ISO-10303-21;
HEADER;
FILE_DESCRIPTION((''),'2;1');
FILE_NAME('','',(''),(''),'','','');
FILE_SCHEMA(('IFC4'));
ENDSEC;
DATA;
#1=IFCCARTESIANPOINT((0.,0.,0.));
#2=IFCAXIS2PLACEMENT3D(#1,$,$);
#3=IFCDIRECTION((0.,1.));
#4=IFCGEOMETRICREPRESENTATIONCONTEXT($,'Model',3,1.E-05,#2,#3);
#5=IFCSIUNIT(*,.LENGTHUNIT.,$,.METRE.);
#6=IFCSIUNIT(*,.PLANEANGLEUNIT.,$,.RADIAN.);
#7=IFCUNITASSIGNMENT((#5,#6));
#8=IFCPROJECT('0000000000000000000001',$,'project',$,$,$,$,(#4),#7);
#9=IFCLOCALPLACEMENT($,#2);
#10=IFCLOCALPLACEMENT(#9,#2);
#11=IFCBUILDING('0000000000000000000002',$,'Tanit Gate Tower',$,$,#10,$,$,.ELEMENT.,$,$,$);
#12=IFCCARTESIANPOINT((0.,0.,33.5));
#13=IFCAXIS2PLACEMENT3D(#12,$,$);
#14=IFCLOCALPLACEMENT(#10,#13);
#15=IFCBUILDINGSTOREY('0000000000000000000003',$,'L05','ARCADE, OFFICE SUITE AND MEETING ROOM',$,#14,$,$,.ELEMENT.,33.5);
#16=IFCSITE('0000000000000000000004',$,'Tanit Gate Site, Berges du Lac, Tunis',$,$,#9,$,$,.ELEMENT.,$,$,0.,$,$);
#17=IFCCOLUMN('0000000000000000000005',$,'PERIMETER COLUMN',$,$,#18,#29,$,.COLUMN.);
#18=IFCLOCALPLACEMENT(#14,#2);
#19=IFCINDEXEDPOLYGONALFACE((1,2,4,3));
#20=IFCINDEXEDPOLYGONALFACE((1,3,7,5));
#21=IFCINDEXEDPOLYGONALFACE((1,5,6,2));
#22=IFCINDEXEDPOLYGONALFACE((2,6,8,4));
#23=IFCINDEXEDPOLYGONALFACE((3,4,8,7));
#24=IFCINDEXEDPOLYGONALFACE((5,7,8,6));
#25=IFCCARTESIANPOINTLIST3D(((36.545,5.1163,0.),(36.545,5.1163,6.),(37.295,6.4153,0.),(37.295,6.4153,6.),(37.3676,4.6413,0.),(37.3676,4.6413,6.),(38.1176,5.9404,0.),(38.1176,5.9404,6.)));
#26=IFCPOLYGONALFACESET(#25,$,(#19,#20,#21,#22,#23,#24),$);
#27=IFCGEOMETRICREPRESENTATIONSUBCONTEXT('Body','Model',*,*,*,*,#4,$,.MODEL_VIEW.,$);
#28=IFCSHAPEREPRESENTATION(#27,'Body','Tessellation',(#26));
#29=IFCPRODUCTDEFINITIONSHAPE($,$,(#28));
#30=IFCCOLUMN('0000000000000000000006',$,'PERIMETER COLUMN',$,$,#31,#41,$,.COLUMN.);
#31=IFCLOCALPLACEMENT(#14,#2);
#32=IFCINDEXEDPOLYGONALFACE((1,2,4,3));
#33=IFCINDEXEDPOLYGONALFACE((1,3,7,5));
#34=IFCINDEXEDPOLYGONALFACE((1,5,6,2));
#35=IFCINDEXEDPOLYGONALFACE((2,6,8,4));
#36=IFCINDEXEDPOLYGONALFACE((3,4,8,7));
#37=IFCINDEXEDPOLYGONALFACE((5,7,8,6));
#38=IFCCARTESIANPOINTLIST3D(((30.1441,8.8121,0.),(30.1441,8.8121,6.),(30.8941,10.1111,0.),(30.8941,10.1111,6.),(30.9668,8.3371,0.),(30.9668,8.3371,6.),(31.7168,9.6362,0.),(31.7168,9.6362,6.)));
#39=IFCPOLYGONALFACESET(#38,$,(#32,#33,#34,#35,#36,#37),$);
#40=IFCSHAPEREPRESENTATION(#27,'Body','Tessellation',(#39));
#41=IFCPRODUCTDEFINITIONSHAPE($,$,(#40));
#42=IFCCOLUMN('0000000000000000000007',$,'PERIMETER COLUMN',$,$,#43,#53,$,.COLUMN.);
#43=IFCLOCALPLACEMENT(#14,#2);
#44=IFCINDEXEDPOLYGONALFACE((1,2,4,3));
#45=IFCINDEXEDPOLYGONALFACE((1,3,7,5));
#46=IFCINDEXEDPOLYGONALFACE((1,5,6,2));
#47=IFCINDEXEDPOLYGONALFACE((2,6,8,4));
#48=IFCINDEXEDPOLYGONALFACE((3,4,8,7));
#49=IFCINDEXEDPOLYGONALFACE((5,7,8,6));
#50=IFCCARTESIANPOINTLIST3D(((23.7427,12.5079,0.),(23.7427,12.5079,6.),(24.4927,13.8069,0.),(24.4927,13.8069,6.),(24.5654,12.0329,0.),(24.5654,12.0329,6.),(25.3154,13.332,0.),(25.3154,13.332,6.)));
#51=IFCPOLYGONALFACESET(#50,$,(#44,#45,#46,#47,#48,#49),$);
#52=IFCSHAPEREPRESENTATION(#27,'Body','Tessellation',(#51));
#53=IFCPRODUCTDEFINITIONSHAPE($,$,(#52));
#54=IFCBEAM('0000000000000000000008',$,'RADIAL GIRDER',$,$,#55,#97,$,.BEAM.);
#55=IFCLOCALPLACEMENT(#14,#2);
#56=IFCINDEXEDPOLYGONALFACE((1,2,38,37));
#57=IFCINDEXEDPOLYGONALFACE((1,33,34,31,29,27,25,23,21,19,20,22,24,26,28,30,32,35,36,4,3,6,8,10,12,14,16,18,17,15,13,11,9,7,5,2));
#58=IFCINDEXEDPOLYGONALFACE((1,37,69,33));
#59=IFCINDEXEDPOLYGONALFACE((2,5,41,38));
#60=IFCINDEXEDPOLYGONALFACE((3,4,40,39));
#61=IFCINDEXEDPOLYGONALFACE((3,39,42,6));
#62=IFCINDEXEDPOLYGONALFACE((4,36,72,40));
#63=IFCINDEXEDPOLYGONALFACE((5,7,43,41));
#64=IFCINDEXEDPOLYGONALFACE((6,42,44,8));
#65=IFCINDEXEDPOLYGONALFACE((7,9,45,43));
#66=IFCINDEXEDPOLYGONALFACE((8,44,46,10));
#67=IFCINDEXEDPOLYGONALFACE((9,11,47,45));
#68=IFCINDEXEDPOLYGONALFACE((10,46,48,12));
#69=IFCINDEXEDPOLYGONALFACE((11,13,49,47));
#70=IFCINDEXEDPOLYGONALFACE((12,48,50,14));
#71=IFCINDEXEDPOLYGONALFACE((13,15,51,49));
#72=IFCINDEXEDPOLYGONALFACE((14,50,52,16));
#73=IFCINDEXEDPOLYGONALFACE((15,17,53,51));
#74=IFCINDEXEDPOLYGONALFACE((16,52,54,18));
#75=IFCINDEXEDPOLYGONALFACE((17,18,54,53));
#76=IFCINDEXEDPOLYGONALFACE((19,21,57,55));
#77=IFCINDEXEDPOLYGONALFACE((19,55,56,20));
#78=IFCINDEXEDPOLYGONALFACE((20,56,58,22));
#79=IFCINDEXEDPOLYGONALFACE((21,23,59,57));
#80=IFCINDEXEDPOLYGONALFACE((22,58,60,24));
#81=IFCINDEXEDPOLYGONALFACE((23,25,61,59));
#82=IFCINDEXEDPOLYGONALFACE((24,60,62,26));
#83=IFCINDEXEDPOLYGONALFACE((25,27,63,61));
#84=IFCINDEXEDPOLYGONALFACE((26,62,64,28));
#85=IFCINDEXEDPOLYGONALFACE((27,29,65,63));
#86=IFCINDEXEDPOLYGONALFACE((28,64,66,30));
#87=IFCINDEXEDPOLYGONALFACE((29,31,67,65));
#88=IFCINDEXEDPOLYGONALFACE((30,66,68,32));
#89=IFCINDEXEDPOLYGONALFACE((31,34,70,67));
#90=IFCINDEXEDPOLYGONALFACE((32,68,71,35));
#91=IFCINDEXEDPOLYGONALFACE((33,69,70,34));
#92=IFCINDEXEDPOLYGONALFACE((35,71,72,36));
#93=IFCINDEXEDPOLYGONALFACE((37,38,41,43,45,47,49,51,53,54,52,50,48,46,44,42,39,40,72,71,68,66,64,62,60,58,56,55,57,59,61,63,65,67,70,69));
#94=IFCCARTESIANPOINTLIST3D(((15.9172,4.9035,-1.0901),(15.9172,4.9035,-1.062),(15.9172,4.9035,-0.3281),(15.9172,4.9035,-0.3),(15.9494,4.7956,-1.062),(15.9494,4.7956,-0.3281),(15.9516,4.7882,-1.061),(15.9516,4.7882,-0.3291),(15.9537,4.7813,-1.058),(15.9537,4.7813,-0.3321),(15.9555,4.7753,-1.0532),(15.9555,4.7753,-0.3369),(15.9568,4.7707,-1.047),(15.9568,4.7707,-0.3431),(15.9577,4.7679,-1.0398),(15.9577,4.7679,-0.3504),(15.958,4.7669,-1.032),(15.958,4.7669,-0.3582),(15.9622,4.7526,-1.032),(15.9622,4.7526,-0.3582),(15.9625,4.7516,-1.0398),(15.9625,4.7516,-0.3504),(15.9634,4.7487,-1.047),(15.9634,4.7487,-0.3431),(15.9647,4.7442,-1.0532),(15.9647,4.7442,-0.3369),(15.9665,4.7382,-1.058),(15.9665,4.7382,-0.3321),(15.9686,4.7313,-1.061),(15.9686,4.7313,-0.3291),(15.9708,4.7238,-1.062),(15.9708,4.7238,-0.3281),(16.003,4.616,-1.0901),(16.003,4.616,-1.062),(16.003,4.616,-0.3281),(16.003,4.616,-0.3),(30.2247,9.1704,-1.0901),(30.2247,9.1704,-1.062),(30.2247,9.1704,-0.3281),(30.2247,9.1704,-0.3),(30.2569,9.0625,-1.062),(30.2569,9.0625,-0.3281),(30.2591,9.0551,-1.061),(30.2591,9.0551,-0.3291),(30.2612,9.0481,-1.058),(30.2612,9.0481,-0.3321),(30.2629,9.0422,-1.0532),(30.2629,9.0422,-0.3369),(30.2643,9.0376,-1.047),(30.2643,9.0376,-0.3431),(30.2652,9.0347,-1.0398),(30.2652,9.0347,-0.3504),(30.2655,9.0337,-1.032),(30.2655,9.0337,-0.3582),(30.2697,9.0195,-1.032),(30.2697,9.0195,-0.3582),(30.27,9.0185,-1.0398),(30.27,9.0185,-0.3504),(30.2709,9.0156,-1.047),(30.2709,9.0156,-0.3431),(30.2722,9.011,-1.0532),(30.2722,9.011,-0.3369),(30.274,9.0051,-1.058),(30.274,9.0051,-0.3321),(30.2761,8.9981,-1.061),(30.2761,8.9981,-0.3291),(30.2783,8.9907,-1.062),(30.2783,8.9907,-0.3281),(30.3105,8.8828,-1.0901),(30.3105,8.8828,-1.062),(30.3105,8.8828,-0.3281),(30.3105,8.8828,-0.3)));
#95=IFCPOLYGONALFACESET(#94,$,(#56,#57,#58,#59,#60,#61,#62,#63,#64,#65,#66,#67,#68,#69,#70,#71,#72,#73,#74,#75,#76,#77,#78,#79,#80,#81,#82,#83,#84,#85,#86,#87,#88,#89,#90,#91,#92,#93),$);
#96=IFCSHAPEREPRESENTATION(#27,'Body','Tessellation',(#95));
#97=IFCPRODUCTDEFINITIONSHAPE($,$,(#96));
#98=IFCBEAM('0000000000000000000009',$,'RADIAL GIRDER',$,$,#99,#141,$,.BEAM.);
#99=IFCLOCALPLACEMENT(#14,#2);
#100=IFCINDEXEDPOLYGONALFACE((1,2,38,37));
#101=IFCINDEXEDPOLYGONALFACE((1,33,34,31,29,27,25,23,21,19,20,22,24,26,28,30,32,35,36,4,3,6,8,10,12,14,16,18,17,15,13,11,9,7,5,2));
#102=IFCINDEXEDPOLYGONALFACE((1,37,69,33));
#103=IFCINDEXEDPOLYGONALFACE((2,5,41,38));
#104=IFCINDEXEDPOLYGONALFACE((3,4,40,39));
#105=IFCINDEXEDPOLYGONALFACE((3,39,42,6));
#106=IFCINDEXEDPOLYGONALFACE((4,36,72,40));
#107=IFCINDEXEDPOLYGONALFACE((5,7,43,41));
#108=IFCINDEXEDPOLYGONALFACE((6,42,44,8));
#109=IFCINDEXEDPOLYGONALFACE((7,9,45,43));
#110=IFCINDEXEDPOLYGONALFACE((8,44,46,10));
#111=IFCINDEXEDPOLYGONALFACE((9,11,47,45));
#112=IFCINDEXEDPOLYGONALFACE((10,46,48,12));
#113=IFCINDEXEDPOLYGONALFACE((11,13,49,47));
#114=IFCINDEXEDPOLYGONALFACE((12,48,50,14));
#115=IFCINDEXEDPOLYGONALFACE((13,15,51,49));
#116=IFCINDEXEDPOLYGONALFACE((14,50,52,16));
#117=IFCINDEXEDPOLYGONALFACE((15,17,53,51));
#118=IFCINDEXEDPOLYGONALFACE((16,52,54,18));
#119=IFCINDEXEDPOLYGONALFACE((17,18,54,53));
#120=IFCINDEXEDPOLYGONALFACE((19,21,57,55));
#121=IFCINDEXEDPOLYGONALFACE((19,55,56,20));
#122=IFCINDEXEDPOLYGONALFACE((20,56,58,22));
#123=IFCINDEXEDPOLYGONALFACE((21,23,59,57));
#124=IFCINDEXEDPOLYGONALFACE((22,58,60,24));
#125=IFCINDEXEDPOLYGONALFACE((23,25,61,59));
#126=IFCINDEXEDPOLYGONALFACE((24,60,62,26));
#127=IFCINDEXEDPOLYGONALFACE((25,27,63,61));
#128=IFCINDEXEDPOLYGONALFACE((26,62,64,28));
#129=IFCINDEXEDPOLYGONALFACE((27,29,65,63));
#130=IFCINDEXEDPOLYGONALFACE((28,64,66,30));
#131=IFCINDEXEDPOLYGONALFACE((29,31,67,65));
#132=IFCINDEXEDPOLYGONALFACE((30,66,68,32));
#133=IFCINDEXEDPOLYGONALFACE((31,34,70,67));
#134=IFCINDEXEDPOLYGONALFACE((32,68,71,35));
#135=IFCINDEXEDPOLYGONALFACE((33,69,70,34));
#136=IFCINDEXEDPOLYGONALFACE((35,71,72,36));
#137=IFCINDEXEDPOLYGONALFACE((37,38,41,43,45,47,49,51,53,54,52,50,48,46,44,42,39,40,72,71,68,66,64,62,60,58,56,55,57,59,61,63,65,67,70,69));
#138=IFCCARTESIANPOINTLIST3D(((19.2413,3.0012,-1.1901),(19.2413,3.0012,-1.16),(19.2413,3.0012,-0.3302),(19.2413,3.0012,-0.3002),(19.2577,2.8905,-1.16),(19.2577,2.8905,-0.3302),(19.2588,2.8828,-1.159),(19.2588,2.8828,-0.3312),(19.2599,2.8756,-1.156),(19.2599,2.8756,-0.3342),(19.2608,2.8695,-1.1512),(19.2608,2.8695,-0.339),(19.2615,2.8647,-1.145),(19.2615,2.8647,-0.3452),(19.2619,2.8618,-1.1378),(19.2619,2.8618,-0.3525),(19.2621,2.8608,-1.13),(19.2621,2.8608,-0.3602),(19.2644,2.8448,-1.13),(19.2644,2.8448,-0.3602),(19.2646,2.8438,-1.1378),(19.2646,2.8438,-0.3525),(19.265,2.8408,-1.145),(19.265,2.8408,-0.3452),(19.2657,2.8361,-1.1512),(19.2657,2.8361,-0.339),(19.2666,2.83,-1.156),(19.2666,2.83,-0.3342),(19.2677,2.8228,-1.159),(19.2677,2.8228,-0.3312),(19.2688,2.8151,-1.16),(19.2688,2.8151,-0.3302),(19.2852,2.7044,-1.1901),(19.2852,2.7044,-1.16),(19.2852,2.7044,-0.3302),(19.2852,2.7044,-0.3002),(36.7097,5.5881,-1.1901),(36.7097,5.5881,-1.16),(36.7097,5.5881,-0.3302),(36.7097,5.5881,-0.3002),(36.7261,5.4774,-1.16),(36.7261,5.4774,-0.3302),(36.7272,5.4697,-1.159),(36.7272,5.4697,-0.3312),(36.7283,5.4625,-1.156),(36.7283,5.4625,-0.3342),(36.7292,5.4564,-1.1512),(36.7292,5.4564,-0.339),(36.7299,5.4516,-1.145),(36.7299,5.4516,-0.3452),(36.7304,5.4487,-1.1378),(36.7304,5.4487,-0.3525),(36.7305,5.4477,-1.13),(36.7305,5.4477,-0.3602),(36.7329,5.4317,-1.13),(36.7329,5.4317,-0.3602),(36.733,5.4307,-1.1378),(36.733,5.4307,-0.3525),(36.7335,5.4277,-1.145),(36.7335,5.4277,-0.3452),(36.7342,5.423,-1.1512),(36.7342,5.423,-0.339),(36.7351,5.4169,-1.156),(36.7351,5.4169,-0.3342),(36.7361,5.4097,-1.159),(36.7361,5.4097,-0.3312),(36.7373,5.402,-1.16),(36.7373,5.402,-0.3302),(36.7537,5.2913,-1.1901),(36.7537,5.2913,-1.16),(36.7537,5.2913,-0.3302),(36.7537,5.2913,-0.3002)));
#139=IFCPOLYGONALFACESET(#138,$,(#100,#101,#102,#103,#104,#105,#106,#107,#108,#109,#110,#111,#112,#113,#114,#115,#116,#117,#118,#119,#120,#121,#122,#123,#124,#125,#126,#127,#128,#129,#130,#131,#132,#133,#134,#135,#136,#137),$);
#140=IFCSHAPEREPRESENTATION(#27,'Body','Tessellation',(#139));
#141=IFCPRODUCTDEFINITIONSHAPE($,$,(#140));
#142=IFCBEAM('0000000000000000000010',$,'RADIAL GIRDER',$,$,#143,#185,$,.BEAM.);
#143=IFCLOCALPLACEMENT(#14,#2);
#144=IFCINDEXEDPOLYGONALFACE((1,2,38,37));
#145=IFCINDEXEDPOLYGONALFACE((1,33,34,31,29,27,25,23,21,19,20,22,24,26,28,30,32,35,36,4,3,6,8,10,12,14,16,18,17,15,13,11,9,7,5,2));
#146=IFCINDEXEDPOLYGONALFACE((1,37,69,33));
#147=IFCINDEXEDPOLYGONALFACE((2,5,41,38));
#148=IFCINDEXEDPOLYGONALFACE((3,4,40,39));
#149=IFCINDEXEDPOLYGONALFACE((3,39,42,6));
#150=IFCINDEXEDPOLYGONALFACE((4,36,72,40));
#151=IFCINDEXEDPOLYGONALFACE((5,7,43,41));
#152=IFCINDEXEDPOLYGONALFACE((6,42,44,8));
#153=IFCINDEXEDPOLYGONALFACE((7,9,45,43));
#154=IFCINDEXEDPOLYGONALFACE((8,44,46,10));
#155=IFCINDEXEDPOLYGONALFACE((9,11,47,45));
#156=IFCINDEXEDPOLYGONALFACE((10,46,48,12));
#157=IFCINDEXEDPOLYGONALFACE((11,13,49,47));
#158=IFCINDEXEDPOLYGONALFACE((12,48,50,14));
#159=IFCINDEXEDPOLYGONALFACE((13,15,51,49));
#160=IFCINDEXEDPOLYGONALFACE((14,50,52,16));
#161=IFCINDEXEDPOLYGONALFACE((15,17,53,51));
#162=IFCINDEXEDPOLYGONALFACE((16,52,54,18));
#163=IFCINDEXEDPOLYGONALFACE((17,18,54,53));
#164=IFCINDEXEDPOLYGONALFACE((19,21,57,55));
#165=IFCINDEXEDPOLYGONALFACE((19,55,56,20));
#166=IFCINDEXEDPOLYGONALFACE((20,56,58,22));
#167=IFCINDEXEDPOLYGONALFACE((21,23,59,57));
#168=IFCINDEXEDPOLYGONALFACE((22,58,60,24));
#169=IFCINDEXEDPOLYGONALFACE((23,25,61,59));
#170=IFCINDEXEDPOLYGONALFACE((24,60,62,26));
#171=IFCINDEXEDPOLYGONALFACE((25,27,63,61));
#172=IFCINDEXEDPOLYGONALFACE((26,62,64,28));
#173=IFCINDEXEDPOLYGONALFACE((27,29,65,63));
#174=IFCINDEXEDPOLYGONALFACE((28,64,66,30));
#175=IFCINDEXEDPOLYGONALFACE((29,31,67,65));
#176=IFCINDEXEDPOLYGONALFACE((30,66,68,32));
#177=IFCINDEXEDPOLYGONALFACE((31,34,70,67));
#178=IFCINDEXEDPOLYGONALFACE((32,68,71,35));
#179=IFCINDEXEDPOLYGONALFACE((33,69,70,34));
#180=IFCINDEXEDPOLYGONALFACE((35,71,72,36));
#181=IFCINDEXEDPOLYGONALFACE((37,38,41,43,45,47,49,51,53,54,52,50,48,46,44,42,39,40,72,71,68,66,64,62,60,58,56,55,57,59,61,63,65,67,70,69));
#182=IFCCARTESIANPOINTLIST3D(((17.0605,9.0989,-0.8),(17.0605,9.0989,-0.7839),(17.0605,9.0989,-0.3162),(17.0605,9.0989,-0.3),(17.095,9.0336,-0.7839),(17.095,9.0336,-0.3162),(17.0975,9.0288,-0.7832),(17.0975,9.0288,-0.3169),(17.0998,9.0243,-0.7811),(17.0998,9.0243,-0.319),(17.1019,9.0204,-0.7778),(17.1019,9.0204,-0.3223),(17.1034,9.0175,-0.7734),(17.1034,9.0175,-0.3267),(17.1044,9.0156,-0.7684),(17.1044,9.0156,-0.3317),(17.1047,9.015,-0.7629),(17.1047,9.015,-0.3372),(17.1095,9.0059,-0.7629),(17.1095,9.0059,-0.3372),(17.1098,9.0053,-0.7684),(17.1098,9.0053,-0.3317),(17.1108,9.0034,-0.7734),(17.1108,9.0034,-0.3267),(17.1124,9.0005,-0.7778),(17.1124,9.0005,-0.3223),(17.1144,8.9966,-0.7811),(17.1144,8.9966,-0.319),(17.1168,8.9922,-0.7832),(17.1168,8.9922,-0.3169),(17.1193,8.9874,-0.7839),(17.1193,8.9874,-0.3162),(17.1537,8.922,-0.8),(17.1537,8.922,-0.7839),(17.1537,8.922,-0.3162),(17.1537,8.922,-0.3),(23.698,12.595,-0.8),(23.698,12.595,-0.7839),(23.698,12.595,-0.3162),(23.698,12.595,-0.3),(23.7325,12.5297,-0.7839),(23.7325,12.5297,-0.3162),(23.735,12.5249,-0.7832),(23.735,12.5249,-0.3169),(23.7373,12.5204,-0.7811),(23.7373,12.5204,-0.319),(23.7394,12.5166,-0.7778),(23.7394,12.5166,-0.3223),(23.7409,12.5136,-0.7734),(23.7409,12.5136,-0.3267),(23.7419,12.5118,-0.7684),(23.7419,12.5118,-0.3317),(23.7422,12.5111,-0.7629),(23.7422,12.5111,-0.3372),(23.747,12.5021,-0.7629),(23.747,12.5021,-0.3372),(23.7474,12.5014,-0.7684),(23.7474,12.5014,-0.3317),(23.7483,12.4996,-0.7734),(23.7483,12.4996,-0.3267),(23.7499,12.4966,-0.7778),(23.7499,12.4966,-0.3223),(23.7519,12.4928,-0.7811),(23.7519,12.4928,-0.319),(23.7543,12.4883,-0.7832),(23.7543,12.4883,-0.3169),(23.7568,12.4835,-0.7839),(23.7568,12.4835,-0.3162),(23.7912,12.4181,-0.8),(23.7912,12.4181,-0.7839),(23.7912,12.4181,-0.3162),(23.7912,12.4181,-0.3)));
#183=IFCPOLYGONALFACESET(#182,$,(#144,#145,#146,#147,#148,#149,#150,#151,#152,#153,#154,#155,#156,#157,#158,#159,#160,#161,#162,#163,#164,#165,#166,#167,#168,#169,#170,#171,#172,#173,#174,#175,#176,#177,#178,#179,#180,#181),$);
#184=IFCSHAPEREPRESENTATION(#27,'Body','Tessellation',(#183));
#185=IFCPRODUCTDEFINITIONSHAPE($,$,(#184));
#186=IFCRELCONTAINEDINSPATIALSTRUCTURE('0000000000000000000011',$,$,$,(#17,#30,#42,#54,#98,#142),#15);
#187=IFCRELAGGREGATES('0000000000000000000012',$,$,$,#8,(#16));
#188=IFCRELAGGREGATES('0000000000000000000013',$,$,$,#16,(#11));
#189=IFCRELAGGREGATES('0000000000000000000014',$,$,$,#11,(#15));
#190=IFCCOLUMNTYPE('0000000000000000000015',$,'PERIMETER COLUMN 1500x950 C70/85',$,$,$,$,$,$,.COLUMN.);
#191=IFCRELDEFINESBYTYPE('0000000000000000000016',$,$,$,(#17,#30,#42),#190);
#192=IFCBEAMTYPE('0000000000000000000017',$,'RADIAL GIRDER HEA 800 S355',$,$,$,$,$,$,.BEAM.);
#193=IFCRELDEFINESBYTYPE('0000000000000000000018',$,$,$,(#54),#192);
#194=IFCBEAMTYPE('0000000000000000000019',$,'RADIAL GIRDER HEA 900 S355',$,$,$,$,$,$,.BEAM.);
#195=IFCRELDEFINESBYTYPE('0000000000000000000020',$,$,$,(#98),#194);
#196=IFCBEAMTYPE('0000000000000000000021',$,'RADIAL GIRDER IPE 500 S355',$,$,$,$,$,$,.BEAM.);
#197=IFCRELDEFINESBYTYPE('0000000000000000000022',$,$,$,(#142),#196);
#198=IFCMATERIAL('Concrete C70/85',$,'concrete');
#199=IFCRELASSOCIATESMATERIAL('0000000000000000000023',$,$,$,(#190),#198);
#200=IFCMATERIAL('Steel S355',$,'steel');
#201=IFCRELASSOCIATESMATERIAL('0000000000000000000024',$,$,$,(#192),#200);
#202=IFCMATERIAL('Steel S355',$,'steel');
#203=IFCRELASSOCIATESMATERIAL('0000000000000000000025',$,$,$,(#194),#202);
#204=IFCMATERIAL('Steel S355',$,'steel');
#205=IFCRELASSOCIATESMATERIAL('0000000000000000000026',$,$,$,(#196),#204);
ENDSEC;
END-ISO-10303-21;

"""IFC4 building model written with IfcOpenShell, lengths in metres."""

from ifc_helpers import new_model, si_unit, direction, frame, origin, origin_2d, place, context, subcontext, project, spatial, rectangle, i_section, extrude, material, material_profile, profile_set, type_object, element, save


model = new_model("IFC4")

# Units and contexts
model_context = context("Model", 3, precision=1e-05, world=origin(), true_north=direction((0.0, 1.0)))
body_context = subcontext(model_context, "Body", "Model", "MODEL_VIEW")
ifc_project = project(units=[si_unit("LENGTHUNIT", "METRE"), si_unit("PLANEANGLEUNIT", "RADIAN")], contexts=[model_context])

# Site, building, storey
site_placement = place(None, origin())
site = spatial("IfcSite", under=ifc_project, at=site_placement, Name="Tanit Gate Site, Berges du Lac, Tunis", CompositionType="ELEMENT", RefElevation=0.0)
building_placement = place(site_placement, origin())
building = spatial("IfcBuilding", under=site, at=building_placement, Name="Tanit Gate Tower", CompositionType="ELEMENT")
storey_placement = place(building_placement, frame((0.0, 0.0, 33.5)))
storey = spatial("IfcBuildingStorey", under=building, at=storey_placement, Name="L05", Description="ARCADE, OFFICE SUITE AND MEETING ROOM", CompositionType="ELEMENT", Elevation=33.5)

# Columns
ifc_material_1 = material(Name="Concrete C70/85", Category="concrete")
ifc_material_profile_1 = material_profile(ifc_material_1, rectangle(XDim=1.5, YDim=0.95, at=origin_2d()), Name="RC 1500x950")
ifc_profile_set_1 = profile_set([ifc_material_profile_1], Name="Concrete C70/85")
column_type = type_object("IfcColumnType", Name="PERIMETER COLUMN 1500x950 C70/85", PredefinedType="COLUMN", material=ifc_profile_set_1)
for number, where, z_axis, x_axis, name in (
    (1, (37.3313, 5.5283, 0.0), (0.0, 0.0, 1.0), (0.5, 0.866025, 0.0), "PERIMETER COLUMN"),
    (2, (30.9304, 9.2241, 0.0), (0.0, 0.0, 1.0), (0.5, 0.866025, 0.0), "PERIMETER COLUMN"),
    (3, (24.5291, 12.9199, 0.0), (0.0, 0.0, 1.0), (0.5, 0.866025, 0.0), "PERIMETER COLUMN"),
):
    element("IfcColumn", number, at=place(storey_placement, frame(where, z_axis=z_axis, x_axis=x_axis)), inside=storey, type_object=column_type, Name=name, PredefinedType="COLUMN", context=body_context, shape_type="SweptSolid", body=[
        extrude(rectangle(XDim=1.5, YDim=0.95, at=origin_2d()), origin(), (0.0, 0.0, 1.0), 6.0),
    ])

# Beams
ifc_material_2 = material(Name="Steel S355", Category="steel")
ifc_material_profile_2 = material_profile(ifc_material_2, i_section(OverallWidth=0.3, OverallDepth=0.79, WebThickness=0.0149, FlangeThickness=0.0281, FilletRadius=0.03, at=origin_2d()), Name="HEA 800")
ifc_profile_set_2 = profile_set([ifc_material_profile_2], Name="Steel S355")
beam_type_1 = type_object("IfcBeamType", Name="RADIAL GIRDER HEA 800 S355", PredefinedType="BEAM", material=ifc_profile_set_2)
beam_1_placement = place(storey_placement, frame((30.2676, 9.0266, -0.6951), z_axis=(-0.958293, -0.285789, 0.0), x_axis=(0.285789, -0.958293, 0.0)))
element("IfcBeam", 4, at=beam_1_placement, inside=storey, type_object=beam_type_1, Name="RADIAL GIRDER", PredefinedType="BEAM", context=body_context, shape_type="SweptSolid", body=[
    extrude(i_section(OverallWidth=0.3, OverallDepth=0.79, WebThickness=0.0149, FlangeThickness=0.0281, FilletRadius=0.03, at=origin_2d()), origin(), (0.0, 0.0, 1.0), 14.9302),
])
ifc_material_3 = material(Name="Steel S355", Category="steel")
ifc_material_profile_3 = material_profile(ifc_material_3, i_section(OverallWidth=0.3, OverallDepth=0.8899, WebThickness=0.0161, FlangeThickness=0.03, FilletRadius=0.03, at=origin_2d()), Name="HEA 900")
ifc_profile_set_3 = profile_set([ifc_material_profile_3], Name="Steel S355")
beam_type_2 = type_object("IfcBeamType", Name="RADIAL GIRDER HEA 900 S355", PredefinedType="BEAM", material=ifc_profile_set_3)
beam_2_placement = place(storey_placement, frame((36.7317, 5.4397, -0.7451), z_axis=(-0.989212, -0.146493, 0.0), x_axis=(0.146493, -0.989212, 0.0)))
element("IfcBeam", 5, at=beam_2_placement, inside=storey, type_object=beam_type_2, Name="RADIAL GIRDER", PredefinedType="BEAM", context=body_context, shape_type="SweptSolid", body=[
    extrude(i_section(OverallWidth=0.3, OverallDepth=0.8899, WebThickness=0.0161, FlangeThickness=0.03, FilletRadius=0.03, at=origin_2d()), origin(), (0.0, 0.0, 1.0), 17.6589),
])
ifc_material_4 = material(Name="Steel S355", Category="steel")
ifc_material_profile_4 = material_profile(ifc_material_4, i_section(OverallWidth=0.2, OverallDepth=0.5, WebThickness=0.0103, FlangeThickness=0.0161, FilletRadius=0.021, at=origin_2d()), Name="IPE 500")
ifc_profile_set_4 = profile_set([ifc_material_profile_4], Name="Steel S355")
beam_type_3 = type_object("IfcBeamType", Name="RADIAL GIRDER IPE 500 S355", PredefinedType="BEAM", material=ifc_profile_set_4)
beam_3_placement = place(storey_placement, frame((23.7446, 12.5066, -0.55), z_axis=(-0.88477, -0.466028, 0.0), x_axis=(0.466028, -0.88477, 0.0)))
element("IfcBeam", 6, at=beam_3_placement, inside=storey, type_object=beam_type_3, Name="RADIAL GIRDER", PredefinedType="BEAM", context=body_context, shape_type="SweptSolid", body=[
    extrude(i_section(OverallWidth=0.2, OverallDepth=0.5, WebThickness=0.0103, FlangeThickness=0.0161, FilletRadius=0.021, at=origin_2d()), origin(), (0.0, 0.0, 1.0), 7.502),
])

save(model, "model.ifc")
